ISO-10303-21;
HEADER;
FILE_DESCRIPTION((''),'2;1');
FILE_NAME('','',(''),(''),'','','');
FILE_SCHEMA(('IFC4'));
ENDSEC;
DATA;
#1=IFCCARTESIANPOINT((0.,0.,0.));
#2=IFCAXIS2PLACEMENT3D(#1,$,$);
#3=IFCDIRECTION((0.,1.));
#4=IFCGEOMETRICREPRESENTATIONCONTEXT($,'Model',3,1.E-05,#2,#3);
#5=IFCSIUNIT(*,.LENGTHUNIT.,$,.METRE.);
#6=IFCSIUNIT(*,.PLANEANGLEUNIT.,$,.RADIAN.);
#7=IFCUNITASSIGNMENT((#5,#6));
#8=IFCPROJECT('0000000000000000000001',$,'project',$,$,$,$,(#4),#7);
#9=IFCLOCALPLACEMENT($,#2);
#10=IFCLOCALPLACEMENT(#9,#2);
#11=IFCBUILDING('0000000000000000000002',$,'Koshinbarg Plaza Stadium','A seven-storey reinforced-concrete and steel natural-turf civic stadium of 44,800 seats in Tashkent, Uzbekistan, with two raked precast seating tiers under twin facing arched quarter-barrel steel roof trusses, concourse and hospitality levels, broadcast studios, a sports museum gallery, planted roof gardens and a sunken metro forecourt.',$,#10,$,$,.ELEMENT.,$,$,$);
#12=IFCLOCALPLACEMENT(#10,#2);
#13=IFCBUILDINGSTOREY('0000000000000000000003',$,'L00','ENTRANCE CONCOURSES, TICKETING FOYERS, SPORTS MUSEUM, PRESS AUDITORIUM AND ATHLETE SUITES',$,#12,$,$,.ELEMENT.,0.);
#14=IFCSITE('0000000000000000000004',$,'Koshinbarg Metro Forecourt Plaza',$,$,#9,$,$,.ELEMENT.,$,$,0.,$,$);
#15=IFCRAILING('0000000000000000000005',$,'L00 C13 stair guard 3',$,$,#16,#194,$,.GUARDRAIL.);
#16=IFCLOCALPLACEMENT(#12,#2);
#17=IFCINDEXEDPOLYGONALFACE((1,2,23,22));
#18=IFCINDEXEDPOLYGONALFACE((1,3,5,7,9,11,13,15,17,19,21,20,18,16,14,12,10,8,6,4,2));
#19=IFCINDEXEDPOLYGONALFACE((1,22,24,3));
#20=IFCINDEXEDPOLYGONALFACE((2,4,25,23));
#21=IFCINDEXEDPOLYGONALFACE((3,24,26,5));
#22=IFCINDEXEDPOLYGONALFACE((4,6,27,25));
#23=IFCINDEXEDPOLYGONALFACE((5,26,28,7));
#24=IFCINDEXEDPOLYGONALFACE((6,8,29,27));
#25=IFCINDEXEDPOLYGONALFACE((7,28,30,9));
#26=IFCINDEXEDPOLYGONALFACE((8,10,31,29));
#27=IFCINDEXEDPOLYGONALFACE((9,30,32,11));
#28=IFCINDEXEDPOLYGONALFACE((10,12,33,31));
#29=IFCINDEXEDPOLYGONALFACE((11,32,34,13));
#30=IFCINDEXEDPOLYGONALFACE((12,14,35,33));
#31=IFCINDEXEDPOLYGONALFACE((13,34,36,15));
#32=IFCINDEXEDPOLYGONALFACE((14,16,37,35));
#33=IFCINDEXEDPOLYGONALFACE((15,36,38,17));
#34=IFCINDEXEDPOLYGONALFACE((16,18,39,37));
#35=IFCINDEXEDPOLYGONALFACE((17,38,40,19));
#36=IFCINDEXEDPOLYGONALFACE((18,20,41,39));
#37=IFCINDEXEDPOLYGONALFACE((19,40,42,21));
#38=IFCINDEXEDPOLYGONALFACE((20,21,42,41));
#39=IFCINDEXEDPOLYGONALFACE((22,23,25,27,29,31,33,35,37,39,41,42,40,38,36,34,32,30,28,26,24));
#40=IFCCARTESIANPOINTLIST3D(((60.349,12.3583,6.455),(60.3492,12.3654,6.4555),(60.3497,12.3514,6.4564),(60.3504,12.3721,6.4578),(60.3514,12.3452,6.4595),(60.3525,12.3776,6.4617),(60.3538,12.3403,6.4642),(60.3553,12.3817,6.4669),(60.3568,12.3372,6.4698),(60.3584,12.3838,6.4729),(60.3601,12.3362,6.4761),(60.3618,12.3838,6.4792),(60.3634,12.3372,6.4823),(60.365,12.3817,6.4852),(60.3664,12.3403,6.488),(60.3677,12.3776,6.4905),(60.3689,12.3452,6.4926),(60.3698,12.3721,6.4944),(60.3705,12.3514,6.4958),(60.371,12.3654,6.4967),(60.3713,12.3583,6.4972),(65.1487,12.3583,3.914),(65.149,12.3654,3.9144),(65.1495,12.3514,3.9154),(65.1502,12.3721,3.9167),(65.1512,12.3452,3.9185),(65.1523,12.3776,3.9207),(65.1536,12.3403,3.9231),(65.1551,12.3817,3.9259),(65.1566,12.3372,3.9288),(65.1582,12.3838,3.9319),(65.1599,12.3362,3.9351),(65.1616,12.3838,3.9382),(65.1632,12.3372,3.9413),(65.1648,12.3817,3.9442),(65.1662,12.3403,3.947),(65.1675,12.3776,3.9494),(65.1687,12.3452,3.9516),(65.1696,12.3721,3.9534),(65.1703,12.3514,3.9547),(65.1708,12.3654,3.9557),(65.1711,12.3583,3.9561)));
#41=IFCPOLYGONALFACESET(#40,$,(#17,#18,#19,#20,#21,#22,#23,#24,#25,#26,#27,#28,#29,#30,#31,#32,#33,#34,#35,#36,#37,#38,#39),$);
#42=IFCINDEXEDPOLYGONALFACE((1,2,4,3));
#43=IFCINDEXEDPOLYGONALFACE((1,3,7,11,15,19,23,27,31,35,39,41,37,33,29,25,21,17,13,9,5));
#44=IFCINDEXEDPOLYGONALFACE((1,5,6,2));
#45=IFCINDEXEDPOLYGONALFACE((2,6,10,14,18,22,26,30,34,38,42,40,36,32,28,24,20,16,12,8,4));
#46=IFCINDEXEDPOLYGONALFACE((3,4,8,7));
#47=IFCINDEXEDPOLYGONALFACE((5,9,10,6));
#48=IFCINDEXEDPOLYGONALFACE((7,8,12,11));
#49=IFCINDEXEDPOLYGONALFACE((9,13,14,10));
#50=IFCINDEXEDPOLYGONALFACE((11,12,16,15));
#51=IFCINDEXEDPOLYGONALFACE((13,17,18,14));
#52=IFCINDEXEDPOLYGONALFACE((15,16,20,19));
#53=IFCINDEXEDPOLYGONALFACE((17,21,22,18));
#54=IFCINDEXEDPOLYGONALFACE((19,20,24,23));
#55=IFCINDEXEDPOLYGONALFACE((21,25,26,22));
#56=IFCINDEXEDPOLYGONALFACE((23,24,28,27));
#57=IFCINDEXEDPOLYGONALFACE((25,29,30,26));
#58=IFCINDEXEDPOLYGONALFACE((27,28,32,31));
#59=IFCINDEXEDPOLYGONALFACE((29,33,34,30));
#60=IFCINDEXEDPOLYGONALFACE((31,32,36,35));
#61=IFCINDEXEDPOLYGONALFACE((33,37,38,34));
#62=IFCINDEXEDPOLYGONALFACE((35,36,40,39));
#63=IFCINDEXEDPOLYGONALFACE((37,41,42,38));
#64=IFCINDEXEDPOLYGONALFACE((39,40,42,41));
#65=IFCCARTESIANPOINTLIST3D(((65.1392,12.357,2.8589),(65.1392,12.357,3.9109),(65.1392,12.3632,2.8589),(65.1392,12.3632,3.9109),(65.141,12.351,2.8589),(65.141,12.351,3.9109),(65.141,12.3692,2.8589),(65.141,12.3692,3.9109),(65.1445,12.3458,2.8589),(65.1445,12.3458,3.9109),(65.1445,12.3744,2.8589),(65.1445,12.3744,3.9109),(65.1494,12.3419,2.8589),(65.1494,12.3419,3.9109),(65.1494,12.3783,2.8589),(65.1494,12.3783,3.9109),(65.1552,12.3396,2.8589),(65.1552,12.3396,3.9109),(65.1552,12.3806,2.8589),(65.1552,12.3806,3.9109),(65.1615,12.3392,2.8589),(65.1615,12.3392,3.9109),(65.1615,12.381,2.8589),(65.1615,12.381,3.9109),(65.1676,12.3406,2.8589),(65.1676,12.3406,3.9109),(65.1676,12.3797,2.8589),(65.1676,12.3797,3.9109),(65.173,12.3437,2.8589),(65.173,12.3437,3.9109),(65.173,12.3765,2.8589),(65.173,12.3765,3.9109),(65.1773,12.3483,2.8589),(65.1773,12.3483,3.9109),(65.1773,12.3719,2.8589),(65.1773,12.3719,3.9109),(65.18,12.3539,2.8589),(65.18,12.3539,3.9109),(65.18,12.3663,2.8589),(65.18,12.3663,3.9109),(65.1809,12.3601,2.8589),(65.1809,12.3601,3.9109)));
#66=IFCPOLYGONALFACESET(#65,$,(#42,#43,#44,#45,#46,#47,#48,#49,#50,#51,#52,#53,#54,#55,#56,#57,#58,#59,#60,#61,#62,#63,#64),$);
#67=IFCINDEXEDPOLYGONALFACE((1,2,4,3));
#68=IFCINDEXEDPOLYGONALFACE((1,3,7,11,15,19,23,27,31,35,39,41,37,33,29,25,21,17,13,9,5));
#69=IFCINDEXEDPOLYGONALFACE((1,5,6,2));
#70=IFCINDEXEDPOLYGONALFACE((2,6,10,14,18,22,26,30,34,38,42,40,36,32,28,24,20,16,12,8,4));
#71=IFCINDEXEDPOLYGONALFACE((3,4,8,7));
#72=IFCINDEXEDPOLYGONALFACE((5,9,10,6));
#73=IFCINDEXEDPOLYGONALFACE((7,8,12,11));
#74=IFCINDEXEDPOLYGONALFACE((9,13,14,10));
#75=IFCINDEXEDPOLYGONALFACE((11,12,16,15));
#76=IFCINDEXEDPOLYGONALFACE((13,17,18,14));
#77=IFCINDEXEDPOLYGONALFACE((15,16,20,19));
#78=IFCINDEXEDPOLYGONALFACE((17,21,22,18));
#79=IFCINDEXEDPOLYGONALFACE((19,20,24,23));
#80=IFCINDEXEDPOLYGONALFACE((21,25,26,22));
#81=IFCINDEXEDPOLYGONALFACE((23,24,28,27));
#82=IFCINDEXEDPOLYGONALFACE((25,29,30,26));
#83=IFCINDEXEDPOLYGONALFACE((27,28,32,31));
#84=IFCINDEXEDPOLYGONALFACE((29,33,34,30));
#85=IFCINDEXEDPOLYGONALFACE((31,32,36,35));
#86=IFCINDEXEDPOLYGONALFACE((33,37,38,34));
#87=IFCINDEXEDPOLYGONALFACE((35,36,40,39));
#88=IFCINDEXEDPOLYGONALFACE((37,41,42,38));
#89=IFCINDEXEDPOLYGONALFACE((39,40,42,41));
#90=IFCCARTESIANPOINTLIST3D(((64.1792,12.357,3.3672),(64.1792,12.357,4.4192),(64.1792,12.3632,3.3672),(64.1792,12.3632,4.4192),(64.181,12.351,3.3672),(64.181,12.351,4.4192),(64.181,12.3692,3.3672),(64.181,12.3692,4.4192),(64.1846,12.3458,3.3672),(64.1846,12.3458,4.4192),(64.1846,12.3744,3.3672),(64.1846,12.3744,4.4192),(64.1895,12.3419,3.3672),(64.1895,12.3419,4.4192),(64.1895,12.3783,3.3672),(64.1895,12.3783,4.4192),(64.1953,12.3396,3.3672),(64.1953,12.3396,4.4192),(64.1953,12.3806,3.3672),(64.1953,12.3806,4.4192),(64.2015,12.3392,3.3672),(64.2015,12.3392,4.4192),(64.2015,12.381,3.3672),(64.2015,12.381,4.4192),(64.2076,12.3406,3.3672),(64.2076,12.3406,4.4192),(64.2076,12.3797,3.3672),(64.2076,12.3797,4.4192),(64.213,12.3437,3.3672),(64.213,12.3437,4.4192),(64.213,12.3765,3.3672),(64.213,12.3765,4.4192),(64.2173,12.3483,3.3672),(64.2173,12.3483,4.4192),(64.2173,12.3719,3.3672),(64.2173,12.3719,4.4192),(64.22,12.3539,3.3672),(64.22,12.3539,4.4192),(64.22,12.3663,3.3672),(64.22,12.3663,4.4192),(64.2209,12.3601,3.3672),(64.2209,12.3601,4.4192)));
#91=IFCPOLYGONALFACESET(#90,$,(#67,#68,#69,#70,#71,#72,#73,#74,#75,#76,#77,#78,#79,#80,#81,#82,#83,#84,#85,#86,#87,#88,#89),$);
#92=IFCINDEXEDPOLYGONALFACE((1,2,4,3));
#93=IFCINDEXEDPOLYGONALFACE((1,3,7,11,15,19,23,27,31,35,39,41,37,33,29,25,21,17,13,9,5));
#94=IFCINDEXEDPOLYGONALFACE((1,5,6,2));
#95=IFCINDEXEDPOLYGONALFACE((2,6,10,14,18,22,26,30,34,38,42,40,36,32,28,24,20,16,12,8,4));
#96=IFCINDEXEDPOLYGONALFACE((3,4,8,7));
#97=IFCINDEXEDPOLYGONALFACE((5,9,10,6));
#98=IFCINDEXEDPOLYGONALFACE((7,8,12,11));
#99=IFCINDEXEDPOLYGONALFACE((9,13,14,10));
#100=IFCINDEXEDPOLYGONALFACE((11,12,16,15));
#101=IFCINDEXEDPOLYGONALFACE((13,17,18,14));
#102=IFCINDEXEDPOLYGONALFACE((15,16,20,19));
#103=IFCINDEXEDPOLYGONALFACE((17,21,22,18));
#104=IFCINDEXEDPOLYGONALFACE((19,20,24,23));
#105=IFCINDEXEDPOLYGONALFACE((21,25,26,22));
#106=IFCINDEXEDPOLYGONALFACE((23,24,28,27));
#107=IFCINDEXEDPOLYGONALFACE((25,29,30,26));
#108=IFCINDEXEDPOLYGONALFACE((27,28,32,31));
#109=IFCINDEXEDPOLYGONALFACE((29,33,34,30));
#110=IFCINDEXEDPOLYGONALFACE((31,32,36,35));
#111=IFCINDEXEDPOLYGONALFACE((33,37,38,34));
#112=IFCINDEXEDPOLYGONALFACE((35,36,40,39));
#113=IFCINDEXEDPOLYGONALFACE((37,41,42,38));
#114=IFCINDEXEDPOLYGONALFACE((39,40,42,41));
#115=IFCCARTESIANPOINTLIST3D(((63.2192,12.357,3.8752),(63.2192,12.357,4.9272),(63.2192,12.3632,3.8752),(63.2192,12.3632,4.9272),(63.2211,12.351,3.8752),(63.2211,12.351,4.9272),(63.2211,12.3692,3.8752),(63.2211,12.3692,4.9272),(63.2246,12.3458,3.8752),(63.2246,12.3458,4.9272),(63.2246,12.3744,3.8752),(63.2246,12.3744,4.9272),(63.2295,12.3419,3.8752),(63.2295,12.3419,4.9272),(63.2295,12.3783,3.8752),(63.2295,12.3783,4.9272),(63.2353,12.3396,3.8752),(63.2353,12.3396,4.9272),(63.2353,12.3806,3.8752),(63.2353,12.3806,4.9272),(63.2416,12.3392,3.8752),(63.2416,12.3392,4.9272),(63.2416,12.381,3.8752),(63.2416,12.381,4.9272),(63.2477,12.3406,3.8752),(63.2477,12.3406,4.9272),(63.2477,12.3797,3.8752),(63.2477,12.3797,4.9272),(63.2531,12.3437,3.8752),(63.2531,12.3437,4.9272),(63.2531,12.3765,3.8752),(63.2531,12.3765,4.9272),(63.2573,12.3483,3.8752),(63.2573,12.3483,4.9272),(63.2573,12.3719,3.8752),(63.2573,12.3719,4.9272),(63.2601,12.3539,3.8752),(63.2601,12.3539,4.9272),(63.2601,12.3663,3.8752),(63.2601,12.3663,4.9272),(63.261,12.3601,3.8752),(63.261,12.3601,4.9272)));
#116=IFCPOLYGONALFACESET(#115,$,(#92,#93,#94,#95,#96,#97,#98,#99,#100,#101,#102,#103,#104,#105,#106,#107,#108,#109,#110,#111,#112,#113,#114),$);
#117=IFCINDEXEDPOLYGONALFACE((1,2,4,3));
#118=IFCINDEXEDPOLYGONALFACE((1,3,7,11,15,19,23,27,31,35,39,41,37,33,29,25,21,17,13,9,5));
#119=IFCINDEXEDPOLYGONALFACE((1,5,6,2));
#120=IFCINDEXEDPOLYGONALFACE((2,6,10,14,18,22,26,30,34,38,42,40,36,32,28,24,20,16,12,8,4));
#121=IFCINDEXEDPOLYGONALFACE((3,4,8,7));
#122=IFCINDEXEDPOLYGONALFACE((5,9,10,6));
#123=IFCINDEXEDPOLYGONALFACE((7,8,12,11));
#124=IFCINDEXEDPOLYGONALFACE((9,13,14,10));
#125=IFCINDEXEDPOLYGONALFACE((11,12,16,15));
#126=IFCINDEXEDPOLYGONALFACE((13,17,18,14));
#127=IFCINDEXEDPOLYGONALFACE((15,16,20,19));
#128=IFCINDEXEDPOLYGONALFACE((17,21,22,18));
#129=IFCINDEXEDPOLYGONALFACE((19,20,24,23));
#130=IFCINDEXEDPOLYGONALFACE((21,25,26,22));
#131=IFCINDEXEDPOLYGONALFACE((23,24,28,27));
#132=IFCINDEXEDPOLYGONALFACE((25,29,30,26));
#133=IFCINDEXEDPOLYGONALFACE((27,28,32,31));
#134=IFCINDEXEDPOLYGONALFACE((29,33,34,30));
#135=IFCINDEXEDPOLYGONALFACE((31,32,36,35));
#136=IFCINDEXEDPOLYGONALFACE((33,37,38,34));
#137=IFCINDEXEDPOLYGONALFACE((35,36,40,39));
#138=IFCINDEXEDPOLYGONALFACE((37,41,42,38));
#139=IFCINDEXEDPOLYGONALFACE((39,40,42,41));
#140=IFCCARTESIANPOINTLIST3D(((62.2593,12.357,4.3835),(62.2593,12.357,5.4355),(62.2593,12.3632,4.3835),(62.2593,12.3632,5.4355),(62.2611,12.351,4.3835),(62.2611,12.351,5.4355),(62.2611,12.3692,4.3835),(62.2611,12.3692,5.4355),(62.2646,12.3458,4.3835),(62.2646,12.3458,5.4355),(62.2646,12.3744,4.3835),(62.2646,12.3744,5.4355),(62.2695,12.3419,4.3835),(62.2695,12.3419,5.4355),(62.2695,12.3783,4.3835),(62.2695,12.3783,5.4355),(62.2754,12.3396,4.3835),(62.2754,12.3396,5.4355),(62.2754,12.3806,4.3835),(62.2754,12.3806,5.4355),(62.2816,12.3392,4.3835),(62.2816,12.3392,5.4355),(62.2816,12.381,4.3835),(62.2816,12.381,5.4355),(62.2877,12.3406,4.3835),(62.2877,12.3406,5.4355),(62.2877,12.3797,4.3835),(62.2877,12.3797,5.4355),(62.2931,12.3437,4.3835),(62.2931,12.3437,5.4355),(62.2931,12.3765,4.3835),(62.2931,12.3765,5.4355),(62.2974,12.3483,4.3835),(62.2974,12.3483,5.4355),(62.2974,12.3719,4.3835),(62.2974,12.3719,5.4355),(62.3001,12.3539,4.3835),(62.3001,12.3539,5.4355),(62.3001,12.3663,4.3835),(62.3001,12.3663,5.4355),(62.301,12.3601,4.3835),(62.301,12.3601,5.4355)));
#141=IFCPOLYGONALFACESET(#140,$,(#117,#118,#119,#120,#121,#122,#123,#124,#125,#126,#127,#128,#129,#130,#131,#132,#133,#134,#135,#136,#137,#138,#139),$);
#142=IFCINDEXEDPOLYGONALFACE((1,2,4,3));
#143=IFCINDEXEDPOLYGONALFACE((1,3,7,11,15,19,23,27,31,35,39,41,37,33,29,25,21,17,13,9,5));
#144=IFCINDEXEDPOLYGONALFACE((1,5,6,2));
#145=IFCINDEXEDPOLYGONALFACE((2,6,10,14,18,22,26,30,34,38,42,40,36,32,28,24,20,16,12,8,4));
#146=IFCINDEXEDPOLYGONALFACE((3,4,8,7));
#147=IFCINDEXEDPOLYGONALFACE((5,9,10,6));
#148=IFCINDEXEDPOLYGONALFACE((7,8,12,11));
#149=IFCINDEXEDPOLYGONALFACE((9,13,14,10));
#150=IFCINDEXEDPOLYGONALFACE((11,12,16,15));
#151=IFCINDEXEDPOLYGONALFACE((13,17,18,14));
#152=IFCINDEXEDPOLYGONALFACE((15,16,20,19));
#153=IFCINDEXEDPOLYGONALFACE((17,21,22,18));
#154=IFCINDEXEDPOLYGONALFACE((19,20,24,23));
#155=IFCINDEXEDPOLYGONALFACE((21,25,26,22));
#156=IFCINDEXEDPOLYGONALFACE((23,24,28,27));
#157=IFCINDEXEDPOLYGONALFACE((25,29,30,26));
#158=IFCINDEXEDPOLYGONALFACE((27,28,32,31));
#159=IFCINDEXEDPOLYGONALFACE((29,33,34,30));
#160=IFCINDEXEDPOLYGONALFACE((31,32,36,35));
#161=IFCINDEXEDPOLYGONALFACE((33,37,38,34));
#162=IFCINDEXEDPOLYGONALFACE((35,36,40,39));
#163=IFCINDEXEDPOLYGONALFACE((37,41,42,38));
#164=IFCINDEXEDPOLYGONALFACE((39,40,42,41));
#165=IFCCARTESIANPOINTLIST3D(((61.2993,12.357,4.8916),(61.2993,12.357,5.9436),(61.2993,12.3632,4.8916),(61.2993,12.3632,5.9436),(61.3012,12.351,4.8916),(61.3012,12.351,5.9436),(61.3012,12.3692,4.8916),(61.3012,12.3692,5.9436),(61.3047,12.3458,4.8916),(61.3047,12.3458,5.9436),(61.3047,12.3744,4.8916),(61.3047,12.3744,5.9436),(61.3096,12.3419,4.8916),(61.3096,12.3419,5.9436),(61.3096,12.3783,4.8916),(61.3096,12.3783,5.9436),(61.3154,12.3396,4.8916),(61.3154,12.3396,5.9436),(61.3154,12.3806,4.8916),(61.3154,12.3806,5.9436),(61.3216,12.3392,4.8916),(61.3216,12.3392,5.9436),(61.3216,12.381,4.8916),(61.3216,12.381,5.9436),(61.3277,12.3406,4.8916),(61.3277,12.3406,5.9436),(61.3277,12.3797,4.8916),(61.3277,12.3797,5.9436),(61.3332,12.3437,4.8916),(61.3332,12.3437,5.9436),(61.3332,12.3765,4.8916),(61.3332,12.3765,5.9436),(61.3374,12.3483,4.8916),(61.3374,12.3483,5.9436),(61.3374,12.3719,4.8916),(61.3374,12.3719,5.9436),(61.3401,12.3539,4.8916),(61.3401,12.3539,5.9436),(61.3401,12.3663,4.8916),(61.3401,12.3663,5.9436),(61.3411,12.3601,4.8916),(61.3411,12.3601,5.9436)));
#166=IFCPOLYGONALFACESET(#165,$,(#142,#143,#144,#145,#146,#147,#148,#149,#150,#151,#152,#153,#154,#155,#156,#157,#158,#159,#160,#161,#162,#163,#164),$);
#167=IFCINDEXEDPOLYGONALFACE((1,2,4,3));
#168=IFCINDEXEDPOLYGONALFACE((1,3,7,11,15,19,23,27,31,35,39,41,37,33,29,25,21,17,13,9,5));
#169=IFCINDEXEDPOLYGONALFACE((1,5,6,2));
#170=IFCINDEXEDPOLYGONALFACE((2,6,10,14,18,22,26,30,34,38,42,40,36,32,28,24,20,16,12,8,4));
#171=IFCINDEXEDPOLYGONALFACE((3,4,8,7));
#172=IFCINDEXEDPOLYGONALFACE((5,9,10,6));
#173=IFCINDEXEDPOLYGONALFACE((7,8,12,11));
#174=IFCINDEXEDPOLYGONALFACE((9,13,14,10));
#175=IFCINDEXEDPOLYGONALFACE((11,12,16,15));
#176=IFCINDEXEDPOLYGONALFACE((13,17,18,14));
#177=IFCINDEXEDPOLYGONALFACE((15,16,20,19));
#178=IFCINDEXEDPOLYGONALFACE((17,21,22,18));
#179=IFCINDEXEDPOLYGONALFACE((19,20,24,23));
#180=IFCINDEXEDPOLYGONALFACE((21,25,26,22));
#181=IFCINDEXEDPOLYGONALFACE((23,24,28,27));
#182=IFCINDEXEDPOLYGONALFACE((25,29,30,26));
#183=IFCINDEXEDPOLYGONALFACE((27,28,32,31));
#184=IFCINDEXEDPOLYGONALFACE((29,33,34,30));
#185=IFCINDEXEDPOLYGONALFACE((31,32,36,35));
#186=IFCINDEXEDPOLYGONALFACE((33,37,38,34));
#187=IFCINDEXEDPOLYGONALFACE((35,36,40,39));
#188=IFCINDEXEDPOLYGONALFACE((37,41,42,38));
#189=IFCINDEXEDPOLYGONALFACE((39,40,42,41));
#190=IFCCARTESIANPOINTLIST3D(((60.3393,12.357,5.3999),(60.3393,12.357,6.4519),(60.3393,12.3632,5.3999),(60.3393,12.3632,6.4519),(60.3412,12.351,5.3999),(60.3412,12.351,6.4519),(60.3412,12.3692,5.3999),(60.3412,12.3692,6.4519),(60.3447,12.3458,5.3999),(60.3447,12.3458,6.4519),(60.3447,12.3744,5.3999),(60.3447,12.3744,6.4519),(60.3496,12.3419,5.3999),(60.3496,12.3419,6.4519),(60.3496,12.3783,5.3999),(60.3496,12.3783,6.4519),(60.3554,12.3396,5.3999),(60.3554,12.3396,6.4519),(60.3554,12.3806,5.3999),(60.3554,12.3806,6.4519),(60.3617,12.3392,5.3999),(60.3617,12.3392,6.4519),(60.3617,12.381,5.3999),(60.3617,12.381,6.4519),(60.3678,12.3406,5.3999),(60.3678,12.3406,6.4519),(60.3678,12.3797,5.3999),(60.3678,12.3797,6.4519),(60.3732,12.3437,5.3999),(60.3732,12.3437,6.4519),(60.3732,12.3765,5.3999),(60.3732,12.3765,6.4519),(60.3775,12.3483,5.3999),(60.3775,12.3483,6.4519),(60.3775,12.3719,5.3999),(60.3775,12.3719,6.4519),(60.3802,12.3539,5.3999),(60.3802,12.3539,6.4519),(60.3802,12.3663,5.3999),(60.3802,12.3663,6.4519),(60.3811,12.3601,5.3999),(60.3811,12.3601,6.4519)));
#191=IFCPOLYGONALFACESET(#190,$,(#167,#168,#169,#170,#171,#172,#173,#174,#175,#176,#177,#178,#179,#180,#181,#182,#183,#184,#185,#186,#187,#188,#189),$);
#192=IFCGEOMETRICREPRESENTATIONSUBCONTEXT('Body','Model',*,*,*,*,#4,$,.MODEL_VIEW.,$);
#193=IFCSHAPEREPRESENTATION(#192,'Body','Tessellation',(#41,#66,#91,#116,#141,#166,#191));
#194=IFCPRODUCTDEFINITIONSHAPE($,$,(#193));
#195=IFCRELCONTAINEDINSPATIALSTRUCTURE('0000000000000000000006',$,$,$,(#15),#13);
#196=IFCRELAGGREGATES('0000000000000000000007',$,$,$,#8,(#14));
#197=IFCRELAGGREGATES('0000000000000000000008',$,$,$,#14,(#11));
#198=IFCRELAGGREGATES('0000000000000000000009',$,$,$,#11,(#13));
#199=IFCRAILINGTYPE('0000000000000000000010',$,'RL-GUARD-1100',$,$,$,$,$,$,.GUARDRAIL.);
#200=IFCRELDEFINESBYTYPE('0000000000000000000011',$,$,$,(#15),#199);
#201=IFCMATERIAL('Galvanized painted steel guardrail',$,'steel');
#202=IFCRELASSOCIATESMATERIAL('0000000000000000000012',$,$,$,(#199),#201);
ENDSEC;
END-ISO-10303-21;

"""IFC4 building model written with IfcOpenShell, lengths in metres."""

from ifc_helpers import new_model, si_unit, direction, frame, origin, origin_2d, place, context, subcontext, project, spatial, circle, extrude, material, type_object, element, save


model = new_model("IFC4")

# Units and contexts
model_context = context("Model", 3, precision=1e-05, world=origin(), true_north=direction((0.0, 1.0)))
body_context = subcontext(model_context, "Body", "Model", "MODEL_VIEW")
ifc_project = project(units=[si_unit("LENGTHUNIT", "METRE"), si_unit("PLANEANGLEUNIT", "RADIAN")], contexts=[model_context])

# Site, building, storey
site_placement = place(None, origin())
site = spatial("IfcSite", under=ifc_project, at=site_placement, Name="Koshinbarg Metro Forecourt Plaza", CompositionType="ELEMENT", RefElevation=0.0)
building_placement = place(site_placement, origin())
building = spatial("IfcBuilding", under=site, at=building_placement, Name="Koshinbarg Plaza Stadium", Description="A seven-storey reinforced-concrete and steel natural-turf civic stadium of 44,800 seats in Tashkent, Uzbekistan, with two raked precast seating tiers under twin facing arched quarter-barrel steel roof trusses, concourse and hospitality levels, broadcast studios, a sports museum gallery, planted roof gardens and a sunken metro forecourt.", CompositionType="ELEMENT")
storey_placement = place(building_placement, origin())
storey = spatial("IfcBuildingStorey", under=building, at=storey_placement, Name="L00", Description="ENTRANCE CONCOURSES, TICKETING FOYERS, SPORTS MUSEUM, PRESS AUDITORIUM AND ATHLETE SUITES", CompositionType="ELEMENT", Elevation=0.0)

# Railing
ifc_material_1 = material(Name="Galvanized painted steel guardrail", Category="steel")
railing_type_1 = type_object("IfcRailingType", Name="RL-GUARD-1100", PredefinedType="GUARDRAIL", material=ifc_material_1)
railing_1_placement = place(storey_placement, frame((65.1599, 12.3601, 2.8589)))
element("IfcRailing", 1, at=railing_1_placement, inside=storey, type_object=railing_type_1, Name="L00 C13 stair guard 3", PredefinedType="GUARDRAIL", context=body_context, shape_type="SweptSolid", body=[
    extrude(circle(Radius=0.0239, at=origin_2d()), frame((0.0, 0.0, 1.0762), z_axis=(-0.883792, 0.0, 0.467879), x_axis=(0.0, -1.0, 0.0)), (0.0, 0.0, 1.0), 5.4309),
    extrude(circle(Radius=0.021, at=origin_2d()), origin(), (0.0, 0.0, 1.0), 1.052),
    extrude(circle(Radius=0.021, at=origin_2d()), frame((-0.96, 0.0, 0.5083)), (0.0, 0.0, 1.0), 1.052),
    extrude(circle(Radius=0.021, at=origin_2d()), frame((-1.9199, 0.0, 1.0164)), (0.0, 0.0, 1.0), 1.052),
    extrude(circle(Radius=0.021, at=origin_2d()), frame((-2.8799, 0.0, 1.5247)), (0.0, 0.0, 1.0), 1.052),
    extrude(circle(Radius=0.021, at=origin_2d()), frame((-3.8398, 0.0, 2.0327)), (0.0, 0.0, 1.0), 1.052),
    extrude(circle(Radius=0.021, at=origin_2d()), frame((-4.7998, 0.0, 2.541)), (0.0, 0.0, 1.0), 1.052),
])

save(model, "model.ifc")
